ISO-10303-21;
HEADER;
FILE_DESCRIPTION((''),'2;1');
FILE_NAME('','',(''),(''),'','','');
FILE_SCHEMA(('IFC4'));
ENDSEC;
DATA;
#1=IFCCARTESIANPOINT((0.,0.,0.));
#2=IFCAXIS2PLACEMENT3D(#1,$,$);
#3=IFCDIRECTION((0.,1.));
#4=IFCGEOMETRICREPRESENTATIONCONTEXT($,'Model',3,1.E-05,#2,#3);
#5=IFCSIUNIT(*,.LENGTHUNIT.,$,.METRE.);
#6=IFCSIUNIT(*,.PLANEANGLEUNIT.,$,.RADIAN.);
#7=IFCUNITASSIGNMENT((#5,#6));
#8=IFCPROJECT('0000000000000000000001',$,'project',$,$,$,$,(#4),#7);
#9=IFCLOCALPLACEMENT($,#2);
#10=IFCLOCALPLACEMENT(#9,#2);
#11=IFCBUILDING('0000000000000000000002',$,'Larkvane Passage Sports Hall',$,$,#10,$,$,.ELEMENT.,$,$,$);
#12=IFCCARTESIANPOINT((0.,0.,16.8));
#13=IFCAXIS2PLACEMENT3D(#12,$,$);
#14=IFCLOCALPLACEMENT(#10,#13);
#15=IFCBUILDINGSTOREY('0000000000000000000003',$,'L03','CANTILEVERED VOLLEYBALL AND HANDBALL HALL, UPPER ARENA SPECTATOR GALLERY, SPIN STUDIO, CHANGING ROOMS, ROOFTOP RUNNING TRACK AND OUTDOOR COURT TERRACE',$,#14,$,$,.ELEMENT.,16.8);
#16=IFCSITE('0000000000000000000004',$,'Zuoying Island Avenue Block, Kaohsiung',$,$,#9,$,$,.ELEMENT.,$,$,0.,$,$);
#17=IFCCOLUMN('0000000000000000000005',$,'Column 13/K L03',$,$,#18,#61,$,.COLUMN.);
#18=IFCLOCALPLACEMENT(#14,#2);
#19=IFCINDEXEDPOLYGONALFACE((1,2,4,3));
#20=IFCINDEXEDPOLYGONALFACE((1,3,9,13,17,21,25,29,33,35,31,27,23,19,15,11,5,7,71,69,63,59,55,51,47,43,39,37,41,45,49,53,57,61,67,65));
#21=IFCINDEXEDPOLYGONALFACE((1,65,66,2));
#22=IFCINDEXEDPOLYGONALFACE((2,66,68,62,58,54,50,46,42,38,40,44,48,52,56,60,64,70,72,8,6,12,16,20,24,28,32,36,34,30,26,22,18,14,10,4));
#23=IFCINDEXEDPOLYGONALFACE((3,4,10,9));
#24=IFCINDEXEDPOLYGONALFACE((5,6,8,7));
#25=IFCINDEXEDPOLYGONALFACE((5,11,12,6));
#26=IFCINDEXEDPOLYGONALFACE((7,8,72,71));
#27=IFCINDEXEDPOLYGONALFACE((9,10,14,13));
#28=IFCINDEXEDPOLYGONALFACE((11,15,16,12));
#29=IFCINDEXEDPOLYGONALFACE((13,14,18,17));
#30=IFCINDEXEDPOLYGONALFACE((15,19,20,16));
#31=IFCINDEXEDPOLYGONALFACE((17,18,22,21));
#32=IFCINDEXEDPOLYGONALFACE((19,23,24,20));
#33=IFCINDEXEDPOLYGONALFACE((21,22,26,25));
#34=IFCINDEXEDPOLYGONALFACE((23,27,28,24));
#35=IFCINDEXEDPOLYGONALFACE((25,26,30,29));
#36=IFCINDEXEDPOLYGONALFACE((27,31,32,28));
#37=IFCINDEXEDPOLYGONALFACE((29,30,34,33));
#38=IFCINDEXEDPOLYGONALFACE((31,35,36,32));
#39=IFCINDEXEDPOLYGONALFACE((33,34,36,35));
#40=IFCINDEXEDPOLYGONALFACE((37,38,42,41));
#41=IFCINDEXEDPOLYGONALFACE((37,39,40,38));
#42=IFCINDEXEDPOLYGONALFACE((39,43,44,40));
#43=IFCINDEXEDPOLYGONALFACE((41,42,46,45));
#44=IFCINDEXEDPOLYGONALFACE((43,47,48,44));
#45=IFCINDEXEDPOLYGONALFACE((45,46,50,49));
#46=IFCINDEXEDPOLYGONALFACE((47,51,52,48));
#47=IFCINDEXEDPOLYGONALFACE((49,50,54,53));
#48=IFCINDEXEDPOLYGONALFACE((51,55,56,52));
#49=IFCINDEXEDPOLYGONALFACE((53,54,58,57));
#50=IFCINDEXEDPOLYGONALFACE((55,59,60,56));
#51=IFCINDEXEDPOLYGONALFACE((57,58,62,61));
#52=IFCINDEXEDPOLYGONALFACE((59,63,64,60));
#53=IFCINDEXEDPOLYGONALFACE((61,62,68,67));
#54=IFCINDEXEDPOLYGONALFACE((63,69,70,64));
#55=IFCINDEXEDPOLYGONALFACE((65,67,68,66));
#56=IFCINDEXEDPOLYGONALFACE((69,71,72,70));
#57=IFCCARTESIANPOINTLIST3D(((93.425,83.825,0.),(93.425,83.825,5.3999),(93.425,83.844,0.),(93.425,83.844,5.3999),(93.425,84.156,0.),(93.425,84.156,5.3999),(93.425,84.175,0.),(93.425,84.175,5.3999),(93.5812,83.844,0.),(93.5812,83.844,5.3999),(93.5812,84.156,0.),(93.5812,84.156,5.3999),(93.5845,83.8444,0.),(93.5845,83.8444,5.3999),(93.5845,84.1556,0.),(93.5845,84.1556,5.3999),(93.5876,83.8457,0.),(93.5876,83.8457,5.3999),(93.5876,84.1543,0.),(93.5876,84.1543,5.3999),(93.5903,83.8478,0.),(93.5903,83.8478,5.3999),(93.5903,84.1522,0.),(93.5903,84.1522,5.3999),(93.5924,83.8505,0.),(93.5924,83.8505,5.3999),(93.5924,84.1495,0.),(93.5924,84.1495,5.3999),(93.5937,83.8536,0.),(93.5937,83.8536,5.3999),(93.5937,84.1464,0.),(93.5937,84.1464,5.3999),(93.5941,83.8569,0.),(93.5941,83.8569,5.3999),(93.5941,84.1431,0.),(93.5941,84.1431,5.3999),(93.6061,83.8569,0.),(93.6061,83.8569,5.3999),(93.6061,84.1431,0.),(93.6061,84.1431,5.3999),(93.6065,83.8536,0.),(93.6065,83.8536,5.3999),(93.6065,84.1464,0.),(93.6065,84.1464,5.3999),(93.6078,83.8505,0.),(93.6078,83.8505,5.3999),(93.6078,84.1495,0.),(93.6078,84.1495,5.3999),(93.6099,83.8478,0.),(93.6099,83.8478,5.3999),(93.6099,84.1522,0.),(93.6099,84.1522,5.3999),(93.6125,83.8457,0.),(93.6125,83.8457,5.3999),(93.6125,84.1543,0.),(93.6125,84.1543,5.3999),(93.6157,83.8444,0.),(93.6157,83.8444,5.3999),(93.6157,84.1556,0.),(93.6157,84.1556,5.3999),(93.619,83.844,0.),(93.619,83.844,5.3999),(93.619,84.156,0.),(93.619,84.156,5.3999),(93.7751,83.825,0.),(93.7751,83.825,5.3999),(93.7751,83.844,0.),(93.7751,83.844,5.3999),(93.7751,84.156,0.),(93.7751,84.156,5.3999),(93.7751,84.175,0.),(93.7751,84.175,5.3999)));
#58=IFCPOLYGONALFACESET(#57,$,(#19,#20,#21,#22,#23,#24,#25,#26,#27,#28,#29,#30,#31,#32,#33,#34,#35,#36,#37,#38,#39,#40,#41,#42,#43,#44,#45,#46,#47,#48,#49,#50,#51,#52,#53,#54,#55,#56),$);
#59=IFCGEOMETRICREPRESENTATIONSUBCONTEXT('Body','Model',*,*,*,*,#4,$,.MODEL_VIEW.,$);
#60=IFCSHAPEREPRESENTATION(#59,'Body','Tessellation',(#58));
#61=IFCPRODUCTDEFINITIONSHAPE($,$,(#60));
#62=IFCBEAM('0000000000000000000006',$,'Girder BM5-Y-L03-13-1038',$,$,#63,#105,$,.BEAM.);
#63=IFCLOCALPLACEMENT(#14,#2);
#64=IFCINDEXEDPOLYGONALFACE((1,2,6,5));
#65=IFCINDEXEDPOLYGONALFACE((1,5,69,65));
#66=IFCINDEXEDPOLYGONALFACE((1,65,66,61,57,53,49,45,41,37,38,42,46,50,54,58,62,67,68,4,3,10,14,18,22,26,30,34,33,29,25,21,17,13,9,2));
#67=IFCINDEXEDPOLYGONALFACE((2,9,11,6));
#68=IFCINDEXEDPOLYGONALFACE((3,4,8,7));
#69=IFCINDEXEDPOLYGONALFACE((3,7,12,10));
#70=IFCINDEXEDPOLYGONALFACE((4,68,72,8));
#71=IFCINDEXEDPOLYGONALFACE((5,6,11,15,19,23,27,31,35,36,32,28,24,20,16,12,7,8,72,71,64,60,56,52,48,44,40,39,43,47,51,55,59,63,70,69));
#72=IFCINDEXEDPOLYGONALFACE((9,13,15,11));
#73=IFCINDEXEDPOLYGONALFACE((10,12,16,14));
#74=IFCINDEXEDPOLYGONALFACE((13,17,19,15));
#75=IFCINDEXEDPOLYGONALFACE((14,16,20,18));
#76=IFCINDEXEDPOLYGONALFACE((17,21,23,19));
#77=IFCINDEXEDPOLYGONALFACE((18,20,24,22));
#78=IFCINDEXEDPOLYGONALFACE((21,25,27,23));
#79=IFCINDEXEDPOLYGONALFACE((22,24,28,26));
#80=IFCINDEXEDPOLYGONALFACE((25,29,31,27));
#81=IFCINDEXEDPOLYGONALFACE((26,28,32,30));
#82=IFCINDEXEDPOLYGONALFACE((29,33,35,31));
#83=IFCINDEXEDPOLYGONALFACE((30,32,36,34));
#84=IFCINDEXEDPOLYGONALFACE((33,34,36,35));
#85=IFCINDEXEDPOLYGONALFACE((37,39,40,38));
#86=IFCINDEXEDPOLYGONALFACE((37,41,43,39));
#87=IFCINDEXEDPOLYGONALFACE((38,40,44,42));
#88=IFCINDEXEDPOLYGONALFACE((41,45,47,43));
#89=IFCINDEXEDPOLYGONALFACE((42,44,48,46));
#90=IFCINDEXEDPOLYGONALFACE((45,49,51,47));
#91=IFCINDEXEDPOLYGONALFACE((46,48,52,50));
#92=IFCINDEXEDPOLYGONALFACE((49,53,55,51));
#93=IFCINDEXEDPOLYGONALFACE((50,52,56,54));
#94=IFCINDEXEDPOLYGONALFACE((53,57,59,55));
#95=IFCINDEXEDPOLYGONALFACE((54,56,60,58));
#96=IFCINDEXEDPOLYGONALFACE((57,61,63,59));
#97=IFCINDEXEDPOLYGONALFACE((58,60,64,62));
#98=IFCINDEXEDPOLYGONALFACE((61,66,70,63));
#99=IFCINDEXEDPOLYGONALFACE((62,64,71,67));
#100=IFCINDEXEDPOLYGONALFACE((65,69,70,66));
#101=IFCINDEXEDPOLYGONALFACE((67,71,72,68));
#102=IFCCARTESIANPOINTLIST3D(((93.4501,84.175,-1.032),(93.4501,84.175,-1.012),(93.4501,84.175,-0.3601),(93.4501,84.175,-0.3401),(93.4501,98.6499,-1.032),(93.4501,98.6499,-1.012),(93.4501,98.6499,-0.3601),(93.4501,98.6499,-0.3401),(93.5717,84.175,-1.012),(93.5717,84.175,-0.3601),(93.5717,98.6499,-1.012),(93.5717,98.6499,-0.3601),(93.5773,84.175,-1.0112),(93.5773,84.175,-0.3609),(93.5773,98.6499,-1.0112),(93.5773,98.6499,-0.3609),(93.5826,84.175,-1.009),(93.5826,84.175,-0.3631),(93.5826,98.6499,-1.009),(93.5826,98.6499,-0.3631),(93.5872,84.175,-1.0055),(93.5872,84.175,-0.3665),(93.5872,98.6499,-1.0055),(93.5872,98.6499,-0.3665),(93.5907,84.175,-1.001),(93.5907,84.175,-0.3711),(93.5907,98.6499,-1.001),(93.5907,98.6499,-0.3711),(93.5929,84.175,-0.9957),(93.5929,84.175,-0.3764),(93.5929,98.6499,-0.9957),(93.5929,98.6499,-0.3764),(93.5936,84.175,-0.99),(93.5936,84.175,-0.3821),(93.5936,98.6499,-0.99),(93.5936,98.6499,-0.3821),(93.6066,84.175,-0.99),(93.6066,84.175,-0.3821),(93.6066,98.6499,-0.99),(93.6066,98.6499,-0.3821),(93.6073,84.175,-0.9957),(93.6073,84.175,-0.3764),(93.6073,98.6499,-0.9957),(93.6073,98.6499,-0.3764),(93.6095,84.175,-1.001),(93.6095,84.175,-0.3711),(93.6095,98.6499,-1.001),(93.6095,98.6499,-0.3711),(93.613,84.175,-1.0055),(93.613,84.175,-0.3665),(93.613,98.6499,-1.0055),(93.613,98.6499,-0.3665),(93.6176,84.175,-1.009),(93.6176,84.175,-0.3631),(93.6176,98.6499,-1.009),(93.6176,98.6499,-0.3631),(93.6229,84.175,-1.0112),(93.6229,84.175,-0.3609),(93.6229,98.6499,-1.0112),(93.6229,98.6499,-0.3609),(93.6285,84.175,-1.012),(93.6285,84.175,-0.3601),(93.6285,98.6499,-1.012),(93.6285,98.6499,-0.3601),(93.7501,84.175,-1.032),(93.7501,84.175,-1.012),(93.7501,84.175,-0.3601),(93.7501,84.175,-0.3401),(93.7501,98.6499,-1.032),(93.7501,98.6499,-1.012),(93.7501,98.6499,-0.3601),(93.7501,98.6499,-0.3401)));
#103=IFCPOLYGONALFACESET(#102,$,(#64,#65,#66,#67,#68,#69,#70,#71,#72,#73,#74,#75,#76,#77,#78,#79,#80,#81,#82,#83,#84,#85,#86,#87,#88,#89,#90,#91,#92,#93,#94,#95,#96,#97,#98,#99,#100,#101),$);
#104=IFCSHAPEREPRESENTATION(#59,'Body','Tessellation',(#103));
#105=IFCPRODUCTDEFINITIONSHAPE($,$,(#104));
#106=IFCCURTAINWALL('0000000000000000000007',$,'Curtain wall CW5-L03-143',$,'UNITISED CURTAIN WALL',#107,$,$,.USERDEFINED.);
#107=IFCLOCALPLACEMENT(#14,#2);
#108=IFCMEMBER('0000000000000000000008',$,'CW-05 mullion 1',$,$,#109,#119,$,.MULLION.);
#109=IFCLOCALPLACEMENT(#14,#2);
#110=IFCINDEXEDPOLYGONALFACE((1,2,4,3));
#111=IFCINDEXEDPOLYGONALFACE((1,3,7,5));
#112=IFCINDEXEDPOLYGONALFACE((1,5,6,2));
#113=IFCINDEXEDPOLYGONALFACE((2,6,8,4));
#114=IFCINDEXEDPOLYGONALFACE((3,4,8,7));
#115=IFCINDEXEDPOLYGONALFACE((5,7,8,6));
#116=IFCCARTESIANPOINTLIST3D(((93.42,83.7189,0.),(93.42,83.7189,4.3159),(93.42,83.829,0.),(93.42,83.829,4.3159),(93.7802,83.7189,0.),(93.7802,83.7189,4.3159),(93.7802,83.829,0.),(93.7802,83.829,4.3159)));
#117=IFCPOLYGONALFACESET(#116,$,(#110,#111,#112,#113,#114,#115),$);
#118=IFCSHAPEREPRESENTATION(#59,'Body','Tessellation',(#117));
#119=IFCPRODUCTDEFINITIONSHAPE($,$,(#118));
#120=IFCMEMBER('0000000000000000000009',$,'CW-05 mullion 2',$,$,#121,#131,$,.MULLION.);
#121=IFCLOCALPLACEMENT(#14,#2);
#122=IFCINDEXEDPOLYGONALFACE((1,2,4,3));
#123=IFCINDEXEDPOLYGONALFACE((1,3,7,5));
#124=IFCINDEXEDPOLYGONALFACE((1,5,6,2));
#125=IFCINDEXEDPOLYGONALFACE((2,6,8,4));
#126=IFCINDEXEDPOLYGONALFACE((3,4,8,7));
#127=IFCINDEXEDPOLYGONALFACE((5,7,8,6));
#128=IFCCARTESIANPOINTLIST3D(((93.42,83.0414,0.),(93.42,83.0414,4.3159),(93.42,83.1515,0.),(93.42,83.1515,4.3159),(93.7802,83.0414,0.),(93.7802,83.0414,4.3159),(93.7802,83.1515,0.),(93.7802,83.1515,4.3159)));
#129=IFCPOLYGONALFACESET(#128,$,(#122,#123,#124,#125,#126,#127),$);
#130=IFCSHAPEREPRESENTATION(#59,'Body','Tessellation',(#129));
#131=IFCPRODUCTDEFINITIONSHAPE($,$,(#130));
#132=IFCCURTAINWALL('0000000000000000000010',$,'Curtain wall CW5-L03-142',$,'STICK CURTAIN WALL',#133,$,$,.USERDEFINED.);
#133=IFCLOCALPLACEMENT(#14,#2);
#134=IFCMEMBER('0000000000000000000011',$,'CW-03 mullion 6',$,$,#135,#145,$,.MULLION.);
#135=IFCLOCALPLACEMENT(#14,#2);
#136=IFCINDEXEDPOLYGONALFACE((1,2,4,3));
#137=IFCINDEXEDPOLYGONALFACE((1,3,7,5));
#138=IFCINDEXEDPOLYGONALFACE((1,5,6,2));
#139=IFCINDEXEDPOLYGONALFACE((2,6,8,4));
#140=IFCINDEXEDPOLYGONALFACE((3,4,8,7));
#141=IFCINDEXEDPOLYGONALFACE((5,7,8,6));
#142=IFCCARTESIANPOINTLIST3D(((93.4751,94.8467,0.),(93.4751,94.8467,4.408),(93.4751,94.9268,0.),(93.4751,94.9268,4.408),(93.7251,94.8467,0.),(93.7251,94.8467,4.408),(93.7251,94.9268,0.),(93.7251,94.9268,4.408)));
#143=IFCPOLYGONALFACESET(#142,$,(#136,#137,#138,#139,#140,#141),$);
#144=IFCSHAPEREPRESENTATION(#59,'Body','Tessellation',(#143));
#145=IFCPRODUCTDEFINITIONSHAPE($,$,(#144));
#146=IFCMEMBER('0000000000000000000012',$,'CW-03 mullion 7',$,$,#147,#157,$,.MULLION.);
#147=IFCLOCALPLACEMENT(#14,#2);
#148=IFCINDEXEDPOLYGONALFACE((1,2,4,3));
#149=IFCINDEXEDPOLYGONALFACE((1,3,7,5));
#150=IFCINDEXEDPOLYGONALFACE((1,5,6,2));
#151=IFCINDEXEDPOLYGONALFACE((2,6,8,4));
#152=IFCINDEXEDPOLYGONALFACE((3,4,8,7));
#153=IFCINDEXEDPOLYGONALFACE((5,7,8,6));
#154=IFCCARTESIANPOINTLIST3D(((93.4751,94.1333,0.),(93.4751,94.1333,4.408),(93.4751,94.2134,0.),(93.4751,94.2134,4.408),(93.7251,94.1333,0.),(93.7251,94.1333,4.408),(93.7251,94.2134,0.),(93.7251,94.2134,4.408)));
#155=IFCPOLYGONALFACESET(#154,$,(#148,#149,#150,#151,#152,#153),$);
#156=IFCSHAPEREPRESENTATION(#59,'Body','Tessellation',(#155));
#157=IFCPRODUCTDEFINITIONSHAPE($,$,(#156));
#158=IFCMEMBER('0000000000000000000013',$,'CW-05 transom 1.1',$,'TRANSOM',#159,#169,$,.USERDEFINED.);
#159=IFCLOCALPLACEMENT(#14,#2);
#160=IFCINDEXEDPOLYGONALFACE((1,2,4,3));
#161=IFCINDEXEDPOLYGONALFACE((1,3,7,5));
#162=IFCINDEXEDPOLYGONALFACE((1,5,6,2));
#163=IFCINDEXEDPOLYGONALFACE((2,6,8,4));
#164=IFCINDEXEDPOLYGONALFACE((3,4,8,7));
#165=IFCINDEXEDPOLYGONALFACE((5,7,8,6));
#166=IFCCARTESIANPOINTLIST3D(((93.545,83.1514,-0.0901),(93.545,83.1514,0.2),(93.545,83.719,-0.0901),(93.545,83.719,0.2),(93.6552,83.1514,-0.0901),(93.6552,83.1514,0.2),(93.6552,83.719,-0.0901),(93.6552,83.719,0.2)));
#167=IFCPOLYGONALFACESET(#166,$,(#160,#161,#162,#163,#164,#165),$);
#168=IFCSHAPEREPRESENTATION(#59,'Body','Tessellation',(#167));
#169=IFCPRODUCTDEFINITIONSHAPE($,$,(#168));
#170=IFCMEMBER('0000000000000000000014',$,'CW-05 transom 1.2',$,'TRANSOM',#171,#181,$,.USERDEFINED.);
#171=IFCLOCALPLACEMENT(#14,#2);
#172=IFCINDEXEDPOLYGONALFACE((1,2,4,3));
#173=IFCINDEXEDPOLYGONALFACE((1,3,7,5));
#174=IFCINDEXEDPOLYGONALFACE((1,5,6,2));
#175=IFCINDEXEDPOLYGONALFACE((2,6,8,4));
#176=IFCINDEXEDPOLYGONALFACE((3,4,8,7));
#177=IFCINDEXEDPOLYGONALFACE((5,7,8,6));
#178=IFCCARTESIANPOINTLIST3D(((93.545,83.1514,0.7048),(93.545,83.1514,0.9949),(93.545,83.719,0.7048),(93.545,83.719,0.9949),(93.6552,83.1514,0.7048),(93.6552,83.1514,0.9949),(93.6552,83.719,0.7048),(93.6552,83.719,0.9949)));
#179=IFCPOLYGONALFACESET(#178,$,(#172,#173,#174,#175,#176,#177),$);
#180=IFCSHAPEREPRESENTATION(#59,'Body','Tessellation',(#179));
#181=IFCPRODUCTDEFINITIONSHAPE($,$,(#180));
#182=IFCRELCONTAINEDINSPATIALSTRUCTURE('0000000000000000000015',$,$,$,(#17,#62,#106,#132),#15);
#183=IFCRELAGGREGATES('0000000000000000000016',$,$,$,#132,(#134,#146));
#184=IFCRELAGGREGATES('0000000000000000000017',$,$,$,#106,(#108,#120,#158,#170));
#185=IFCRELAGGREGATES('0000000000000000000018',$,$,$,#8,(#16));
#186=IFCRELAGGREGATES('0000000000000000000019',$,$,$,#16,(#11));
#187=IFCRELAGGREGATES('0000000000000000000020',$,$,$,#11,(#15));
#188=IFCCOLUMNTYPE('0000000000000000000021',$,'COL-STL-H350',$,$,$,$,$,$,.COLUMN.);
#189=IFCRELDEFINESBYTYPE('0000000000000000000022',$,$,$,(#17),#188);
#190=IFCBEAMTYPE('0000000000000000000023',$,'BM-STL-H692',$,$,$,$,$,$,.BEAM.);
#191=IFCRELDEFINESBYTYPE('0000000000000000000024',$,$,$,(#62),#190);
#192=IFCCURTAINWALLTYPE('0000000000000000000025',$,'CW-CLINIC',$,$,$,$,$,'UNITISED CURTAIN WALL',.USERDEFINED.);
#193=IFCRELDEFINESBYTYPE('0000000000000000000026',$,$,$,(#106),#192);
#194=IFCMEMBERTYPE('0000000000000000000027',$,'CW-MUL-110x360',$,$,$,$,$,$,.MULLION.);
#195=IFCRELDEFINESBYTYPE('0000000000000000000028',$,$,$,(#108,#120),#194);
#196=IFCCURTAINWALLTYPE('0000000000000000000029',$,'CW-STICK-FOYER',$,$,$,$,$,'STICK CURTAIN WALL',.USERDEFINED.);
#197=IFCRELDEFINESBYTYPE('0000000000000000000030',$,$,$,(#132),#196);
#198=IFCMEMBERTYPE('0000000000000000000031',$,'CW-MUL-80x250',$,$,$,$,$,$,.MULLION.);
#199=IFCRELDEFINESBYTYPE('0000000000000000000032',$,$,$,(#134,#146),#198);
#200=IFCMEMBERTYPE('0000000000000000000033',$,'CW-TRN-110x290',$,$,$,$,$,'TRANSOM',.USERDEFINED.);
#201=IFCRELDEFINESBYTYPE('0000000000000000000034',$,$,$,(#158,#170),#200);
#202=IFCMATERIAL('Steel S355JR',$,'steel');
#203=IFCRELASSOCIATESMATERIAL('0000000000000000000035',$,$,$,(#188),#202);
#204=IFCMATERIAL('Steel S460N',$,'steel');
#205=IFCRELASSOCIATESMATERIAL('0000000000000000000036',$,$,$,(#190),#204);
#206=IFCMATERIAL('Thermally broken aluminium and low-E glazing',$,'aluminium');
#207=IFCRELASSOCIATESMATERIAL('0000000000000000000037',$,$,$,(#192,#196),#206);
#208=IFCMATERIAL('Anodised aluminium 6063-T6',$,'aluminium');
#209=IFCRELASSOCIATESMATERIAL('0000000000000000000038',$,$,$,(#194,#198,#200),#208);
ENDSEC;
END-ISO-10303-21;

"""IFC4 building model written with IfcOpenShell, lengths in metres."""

from ifc_helpers import new_model, si_unit, direction, frame, origin, origin_2d, place, context, subcontext, project, spatial, rectangle, i_section, extrude, material, material_profile, profile_set, type_object, element, aggregate, save


model = new_model("IFC4")

# Units and contexts
model_context = context("Model", 3, precision=1e-05, world=origin(), true_north=direction((0.0, 1.0)))
body_context = subcontext(model_context, "Body", "Model", "MODEL_VIEW")
ifc_project = project(units=[si_unit("LENGTHUNIT", "METRE"), si_unit("PLANEANGLEUNIT", "RADIAN")], contexts=[model_context])

# Site, building, storey
site_placement = place(None, origin())
site = spatial("IfcSite", under=ifc_project, at=site_placement, Name="Zuoying Island Avenue Block, Kaohsiung", CompositionType="ELEMENT", RefElevation=0.0)
building_placement = place(site_placement, origin())
building = spatial("IfcBuilding", under=site, at=building_placement, Name="Larkvane Passage Sports Hall", CompositionType="ELEMENT")
storey_placement = place(building_placement, frame((0.0, 0.0, 16.8)))
storey = spatial("IfcBuildingStorey", under=building, at=storey_placement, Name="L03", Description="CANTILEVERED VOLLEYBALL AND HANDBALL HALL, UPPER ARENA SPECTATOR GALLERY, SPIN STUDIO, CHANGING ROOMS, ROOFTOP RUNNING TRACK AND OUTDOOR COURT TERRACE", CompositionType="ELEMENT", Elevation=16.8)

# Column
ifc_material_1 = material(Name="Steel S355JR", Category="steel")
ifc_material_profile_1 = material_profile(ifc_material_1, i_section(OverallWidth=0.3501, OverallDepth=0.3501, WebThickness=0.012, FlangeThickness=0.019, FilletRadius=0.0129, at=origin_2d()), Name="H-350x350x12x19")
ifc_profile_set_1 = profile_set([ifc_material_profile_1], Name="Steel S355JR")
column_type = type_object("IfcColumnType", Name="COL-STL-H350", PredefinedType="COLUMN", material=ifc_profile_set_1)
column_placement = place(storey_placement, frame((93.6001, 84.0, 0.0), z_axis=(0.0, 0.0, 1.0), x_axis=(1.0, 0.0, 0.0)))
element("IfcColumn", 1, at=column_placement, inside=storey, type_object=column_type, Name="Column 13/K L03", PredefinedType="COLUMN", context=body_context, shape_type="SweptSolid", body=[
    extrude(i_section(OverallWidth=0.3501, OverallDepth=0.3501, WebThickness=0.012, FlangeThickness=0.019, FilletRadius=0.0129, at=origin_2d()), origin(), (0.0, 0.0, 1.0), 5.3999),
])

# Beam
ifc_material_2 = material(Name="Steel S460N", Category="steel")
ifc_material_profile_2 = material_profile(ifc_material_2, i_section(OverallWidth=0.3, OverallDepth=0.6919, WebThickness=0.0129, FlangeThickness=0.02, FilletRadius=0.022, at=origin_2d()), Name="H-692x300x13x20")
ifc_profile_set_2 = profile_set([ifc_material_profile_2], Name="Steel S460N")
beam_type = type_object("IfcBeamType", Name="BM-STL-H692", PredefinedType="BEAM", material=ifc_profile_set_2)
beam_placement = place(storey_placement, frame((93.6001, 84.175, -0.686), z_axis=(0.0, 1.0, 0.0), x_axis=(-1.0, 0.0, 0.0)))
element("IfcBeam", 2, at=beam_placement, inside=storey, type_object=beam_type, Name="Girder BM5-Y-L03-13-1038", PredefinedType="BEAM", context=body_context, shape_type="SweptSolid", body=[
    extrude(i_section(OverallWidth=0.3, OverallDepth=0.6919, WebThickness=0.0129, FlangeThickness=0.02, FilletRadius=0.022, at=origin_2d()), origin(), (0.0, 0.0, 1.0), 14.4749),
])

# Curtain walls, members
ifc_material_3 = material(Name="Thermally broken aluminium and low-E glazing", Category="aluminium")
curtain_wall_type_1 = type_object("IfcCurtainWallType", Name="CW-CLINIC", ElementType="UNITISED CURTAIN WALL", PredefinedType="USERDEFINED", material=ifc_material_3)
curtain_wall_1_placement = place(storey_placement, origin())
curtain_wall_1 = element("IfcCurtainWall", 3, at=curtain_wall_1_placement, inside=storey, type_object=curtain_wall_type_1, Name="Curtain wall CW5-L03-143", ObjectType="UNITISED CURTAIN WALL", PredefinedType="USERDEFINED")
ifc_material_4 = material(Name="Anodised aluminium 6063-T6", Category="aluminium")
ifc_material_profile_3 = material_profile(ifc_material_4, rectangle(XDim=0.1101, YDim=0.3601, at=origin_2d()), Name="ALU-MUL-110x360")
ifc_profile_set_3 = profile_set([ifc_material_profile_3], Name="Anodised aluminium 6063-T6")
member_type_1 = type_object("IfcMemberType", Name="CW-MUL-110x360", PredefinedType="MULLION", material=ifc_profile_set_3)
member_1_placement = place(storey_placement, frame((93.6001, 83.7739, 0.0), z_axis=(0.0, 0.0, 1.0), x_axis=(0.0, -1.0, 0.0)))
member_1 = element("IfcMember", 4, at=member_1_placement, type_object=member_type_1, Name="CW-05 mullion 1", PredefinedType="MULLION", context=body_context, shape_type="SweptSolid", body=[
    extrude(rectangle(XDim=0.1101, YDim=0.3601, at=origin_2d()), origin(), (0.0, 0.0, 1.0), 4.3159),
])
member_2_placement = place(storey_placement, frame((93.6001, 83.0964, 0.0), z_axis=(0.0, 0.0, 1.0), x_axis=(0.0, -1.0, 0.0)))
member_2 = element("IfcMember", 5, at=member_2_placement, type_object=member_type_1, Name="CW-05 mullion 2", PredefinedType="MULLION", context=body_context, shape_type="SweptSolid", body=[
    extrude(rectangle(XDim=0.1101, YDim=0.3601, at=origin_2d()), origin(), (0.0, 0.0, 1.0), 4.3159),
])
curtain_wall_type_2 = type_object("IfcCurtainWallType", Name="CW-STICK-FOYER", ElementType="STICK CURTAIN WALL", PredefinedType="USERDEFINED", material=ifc_material_3)
curtain_wall_2_placement = place(storey_placement, origin())
curtain_wall_2 = element("IfcCurtainWall", 6, at=curtain_wall_2_placement, inside=storey, type_object=curtain_wall_type_2, Name="Curtain wall CW5-L03-142", ObjectType="STICK CURTAIN WALL", PredefinedType="USERDEFINED")
ifc_material_profile_4 = material_profile(ifc_material_4, rectangle(XDim=0.0801, YDim=0.25, at=origin_2d()), Name="ALU-MUL-80x250")
ifc_profile_set_4 = profile_set([ifc_material_profile_4], Name="Anodised aluminium 6063-T6")
member_type_2 = type_object("IfcMemberType", Name="CW-MUL-80x250", PredefinedType="MULLION", material=ifc_profile_set_4)
member_3_placement = place(storey_placement, frame((93.6001, 94.8867, 0.0), z_axis=(0.0, 0.0, 1.0), x_axis=(0.0, -1.0, 0.0)))
member_3 = element("IfcMember", 7, at=member_3_placement, type_object=member_type_2, Name="CW-03 mullion 6", PredefinedType="MULLION", context=body_context, shape_type="SweptSolid", body=[
    extrude(rectangle(XDim=0.0801, YDim=0.25, at=origin_2d()), origin(), (0.0, 0.0, 1.0), 4.408),
])
member_4_placement = place(storey_placement, frame((93.6001, 94.1733, 0.0), z_axis=(0.0, 0.0, 1.0), x_axis=(0.0, -1.0, 0.0)))
member_4 = element("IfcMember", 8, at=member_4_placement, type_object=member_type_2, Name="CW-03 mullion 7", PredefinedType="MULLION", context=body_context, shape_type="SweptSolid", body=[
    extrude(rectangle(XDim=0.0801, YDim=0.25, at=origin_2d()), origin(), (0.0, 0.0, 1.0), 4.408),
])

# Members
ifc_material_profile_5 = material_profile(ifc_material_4, rectangle(XDim=0.1101, YDim=0.29, at=origin_2d()), Name="ALU-TRN-110x290")
ifc_profile_set_5 = profile_set([ifc_material_profile_5], Name="Anodised aluminium 6063-T6")
member_type_3 = type_object("IfcMemberType", Name="CW-TRN-110x290", ElementType="TRANSOM", PredefinedType="USERDEFINED", material=ifc_profile_set_5)
member_5_placement = place(storey_placement, frame((93.6001, 83.719, 0.0549), z_axis=(0.0, -1.0, 0.0), x_axis=(1.0, 0.0, 0.0)))
member_5 = element("IfcMember", 9, at=member_5_placement, type_object=member_type_3, Name="CW-05 transom 1.1", ObjectType="TRANSOM", PredefinedType="USERDEFINED", context=body_context, shape_type="SweptSolid", body=[
    extrude(rectangle(XDim=0.1101, YDim=0.29, at=origin_2d()), origin(), (0.0, 0.0, 1.0), 0.5676),
])
member_6_placement = place(storey_placement, frame((93.6001, 83.719, 0.8499), z_axis=(0.0, -1.0, 0.0), x_axis=(1.0, 0.0, 0.0)))
member_6 = element("IfcMember", 10, at=member_6_placement, type_object=member_type_3, Name="CW-05 transom 1.2", ObjectType="TRANSOM", PredefinedType="USERDEFINED", context=body_context, shape_type="SweptSolid", body=[
    extrude(rectangle(XDim=0.1101, YDim=0.29, at=origin_2d()), origin(), (0.0, 0.0, 1.0), 0.5676),
])

aggregate(curtain_wall_2, [member_3, member_4])
aggregate(curtain_wall_1, [member_1, member_2, member_5, member_6])

save(model, "model.ifc")
